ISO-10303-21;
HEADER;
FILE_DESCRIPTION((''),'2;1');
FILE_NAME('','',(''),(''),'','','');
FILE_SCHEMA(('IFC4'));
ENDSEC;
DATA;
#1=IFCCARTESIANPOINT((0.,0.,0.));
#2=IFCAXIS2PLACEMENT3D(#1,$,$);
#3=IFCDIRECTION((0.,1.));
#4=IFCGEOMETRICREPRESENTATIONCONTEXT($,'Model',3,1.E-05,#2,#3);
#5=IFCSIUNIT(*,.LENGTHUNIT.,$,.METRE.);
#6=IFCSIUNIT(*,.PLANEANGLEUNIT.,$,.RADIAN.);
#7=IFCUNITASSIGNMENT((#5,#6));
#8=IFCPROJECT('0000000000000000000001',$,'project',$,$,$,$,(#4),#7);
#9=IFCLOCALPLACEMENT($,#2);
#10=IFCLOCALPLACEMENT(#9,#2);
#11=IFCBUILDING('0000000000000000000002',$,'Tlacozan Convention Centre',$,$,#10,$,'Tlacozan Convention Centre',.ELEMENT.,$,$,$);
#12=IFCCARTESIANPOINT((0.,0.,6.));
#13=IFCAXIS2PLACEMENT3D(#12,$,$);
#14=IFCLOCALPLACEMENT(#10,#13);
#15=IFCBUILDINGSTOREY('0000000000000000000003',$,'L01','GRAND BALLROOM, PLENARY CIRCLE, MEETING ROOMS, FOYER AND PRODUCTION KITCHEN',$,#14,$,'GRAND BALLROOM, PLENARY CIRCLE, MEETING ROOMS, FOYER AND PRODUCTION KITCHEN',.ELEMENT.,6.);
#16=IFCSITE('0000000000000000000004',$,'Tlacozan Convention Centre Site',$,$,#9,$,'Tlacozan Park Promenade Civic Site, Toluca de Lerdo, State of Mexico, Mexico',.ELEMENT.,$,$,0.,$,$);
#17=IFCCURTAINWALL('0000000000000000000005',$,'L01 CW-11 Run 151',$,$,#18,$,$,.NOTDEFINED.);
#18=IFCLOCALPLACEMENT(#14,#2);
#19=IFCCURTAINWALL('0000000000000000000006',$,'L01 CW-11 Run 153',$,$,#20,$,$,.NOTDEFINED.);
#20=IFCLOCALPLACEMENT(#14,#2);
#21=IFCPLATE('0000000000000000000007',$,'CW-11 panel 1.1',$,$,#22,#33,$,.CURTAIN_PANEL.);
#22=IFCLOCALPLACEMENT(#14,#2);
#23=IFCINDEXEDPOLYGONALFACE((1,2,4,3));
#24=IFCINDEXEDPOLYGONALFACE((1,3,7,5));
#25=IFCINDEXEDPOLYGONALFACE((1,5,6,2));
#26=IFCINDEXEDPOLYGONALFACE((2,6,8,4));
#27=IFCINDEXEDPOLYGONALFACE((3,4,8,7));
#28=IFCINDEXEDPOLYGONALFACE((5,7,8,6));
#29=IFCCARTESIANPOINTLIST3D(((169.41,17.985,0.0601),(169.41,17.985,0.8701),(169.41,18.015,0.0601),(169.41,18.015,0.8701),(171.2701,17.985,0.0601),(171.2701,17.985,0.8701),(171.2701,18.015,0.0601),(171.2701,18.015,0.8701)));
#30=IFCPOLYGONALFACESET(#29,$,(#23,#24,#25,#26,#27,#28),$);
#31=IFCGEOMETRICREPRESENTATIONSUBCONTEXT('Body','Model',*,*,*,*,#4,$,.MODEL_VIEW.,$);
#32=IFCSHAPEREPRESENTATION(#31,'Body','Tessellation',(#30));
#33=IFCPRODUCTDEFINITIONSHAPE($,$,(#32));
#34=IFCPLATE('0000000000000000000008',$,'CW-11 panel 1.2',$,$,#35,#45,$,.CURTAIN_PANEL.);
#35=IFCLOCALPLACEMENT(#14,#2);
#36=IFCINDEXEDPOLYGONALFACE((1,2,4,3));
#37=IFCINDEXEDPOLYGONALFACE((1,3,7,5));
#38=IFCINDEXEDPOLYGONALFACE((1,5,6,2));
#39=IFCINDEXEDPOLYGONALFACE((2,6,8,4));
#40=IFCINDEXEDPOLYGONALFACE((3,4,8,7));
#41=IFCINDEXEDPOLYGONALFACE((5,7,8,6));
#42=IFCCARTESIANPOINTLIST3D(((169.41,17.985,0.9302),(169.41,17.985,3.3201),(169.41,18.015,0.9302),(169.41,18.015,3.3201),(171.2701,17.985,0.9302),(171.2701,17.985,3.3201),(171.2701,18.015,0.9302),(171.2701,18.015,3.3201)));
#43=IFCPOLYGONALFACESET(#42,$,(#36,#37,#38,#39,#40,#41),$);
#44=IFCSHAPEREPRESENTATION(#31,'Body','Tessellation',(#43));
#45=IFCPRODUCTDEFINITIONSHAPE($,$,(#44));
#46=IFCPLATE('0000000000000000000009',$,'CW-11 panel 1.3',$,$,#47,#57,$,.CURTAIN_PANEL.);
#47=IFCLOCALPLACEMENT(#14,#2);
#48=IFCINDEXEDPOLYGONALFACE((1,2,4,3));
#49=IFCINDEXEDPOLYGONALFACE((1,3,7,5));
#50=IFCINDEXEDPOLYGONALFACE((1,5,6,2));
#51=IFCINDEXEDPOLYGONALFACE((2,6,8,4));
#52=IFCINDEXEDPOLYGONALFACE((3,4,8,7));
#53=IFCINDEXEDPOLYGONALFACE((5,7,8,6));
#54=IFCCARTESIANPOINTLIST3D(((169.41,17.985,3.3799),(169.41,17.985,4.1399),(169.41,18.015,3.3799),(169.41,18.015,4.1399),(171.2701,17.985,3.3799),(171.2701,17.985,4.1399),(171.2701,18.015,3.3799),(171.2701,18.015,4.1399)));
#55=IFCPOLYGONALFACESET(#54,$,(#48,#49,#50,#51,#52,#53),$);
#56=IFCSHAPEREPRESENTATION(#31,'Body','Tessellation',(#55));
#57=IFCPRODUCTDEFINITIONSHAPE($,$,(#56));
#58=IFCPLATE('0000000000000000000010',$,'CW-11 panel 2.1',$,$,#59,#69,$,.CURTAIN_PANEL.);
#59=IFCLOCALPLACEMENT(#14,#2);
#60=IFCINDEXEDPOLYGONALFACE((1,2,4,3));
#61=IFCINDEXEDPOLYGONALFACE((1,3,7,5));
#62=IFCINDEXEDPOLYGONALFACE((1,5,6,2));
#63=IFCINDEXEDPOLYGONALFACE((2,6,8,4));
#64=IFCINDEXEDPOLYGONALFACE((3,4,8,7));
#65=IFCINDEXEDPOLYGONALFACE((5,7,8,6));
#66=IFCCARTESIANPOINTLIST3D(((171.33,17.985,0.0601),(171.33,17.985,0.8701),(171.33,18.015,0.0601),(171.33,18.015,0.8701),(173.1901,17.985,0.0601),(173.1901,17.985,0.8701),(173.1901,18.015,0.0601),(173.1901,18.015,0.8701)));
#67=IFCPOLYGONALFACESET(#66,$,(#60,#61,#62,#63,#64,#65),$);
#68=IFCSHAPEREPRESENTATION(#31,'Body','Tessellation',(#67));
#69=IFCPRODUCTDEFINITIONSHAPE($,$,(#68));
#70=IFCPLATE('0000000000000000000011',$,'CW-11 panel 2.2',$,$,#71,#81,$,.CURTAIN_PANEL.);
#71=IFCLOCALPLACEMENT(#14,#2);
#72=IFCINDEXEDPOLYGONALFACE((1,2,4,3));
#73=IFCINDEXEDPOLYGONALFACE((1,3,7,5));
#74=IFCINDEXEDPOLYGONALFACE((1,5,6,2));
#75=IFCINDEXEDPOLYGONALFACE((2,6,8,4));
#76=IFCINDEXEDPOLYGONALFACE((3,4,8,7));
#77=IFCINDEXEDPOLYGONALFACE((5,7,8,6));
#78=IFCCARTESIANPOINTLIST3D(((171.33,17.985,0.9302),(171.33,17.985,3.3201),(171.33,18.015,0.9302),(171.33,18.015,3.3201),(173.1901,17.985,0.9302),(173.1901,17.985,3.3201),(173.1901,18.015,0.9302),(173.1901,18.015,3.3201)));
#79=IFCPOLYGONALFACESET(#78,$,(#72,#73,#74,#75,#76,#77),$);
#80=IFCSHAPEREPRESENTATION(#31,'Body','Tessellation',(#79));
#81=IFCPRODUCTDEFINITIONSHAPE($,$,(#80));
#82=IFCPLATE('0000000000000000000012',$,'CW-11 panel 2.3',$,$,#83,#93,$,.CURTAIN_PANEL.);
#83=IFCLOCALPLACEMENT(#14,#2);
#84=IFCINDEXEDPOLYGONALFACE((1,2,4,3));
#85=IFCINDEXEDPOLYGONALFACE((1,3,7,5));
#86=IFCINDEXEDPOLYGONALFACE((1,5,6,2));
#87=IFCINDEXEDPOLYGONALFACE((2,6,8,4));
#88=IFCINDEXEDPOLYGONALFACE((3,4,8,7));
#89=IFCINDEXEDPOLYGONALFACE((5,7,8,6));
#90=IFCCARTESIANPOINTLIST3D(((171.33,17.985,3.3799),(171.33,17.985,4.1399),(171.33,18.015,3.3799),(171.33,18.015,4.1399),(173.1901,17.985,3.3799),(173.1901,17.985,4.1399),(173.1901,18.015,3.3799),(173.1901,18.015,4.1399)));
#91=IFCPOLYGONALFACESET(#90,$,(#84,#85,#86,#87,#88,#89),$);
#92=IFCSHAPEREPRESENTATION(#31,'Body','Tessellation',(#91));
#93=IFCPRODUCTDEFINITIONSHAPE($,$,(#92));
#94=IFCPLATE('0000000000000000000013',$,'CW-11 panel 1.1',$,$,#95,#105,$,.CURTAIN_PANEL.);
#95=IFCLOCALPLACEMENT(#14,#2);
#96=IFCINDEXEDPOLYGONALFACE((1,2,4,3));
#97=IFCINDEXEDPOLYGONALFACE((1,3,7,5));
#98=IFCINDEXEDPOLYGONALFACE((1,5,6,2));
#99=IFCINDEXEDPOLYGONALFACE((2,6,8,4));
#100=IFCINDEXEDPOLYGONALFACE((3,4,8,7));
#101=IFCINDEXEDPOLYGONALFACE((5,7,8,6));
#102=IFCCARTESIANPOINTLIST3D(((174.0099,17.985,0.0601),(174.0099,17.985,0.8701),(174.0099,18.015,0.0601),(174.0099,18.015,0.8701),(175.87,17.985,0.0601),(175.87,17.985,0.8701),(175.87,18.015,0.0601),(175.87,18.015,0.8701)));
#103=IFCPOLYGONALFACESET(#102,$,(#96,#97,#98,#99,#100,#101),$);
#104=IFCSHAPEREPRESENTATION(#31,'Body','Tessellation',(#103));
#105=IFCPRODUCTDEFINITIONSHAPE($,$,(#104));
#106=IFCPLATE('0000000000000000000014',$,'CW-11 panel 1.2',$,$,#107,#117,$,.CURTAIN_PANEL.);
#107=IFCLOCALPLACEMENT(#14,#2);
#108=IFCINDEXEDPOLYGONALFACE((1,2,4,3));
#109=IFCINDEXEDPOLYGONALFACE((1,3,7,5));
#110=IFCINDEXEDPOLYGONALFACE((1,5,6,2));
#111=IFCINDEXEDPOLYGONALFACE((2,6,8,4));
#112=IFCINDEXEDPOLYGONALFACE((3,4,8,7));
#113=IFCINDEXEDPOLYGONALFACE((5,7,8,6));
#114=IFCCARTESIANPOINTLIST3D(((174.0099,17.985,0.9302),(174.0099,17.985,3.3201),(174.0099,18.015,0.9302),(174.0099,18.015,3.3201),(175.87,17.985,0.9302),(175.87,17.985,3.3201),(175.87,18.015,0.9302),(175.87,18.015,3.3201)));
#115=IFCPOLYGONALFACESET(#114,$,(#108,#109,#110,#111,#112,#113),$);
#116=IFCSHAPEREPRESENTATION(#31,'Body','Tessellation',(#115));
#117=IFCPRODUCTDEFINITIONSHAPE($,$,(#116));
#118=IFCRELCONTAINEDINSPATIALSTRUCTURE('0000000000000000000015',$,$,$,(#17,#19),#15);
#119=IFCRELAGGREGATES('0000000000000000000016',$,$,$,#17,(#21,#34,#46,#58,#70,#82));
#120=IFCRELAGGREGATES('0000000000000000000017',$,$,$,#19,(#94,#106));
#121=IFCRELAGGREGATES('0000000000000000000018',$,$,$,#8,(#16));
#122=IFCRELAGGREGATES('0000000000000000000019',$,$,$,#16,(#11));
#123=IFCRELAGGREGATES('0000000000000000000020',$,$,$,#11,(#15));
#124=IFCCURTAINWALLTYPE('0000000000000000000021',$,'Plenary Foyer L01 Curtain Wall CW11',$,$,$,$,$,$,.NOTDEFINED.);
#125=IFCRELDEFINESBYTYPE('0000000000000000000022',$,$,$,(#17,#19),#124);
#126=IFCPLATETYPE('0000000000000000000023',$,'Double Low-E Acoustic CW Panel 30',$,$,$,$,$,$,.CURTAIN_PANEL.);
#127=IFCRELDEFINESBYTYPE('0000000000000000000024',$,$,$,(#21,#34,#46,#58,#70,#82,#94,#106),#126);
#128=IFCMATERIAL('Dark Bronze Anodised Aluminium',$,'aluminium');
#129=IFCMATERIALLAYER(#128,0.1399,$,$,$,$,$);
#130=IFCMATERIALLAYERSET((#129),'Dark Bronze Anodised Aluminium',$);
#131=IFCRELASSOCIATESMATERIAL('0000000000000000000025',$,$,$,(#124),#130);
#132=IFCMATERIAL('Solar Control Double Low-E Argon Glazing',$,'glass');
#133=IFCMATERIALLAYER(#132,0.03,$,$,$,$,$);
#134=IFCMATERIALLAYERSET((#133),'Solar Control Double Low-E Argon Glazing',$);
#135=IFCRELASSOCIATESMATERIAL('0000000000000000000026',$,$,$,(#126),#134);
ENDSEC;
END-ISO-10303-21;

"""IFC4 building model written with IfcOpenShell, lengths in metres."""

from ifc_helpers import new_model, si_unit, direction, frame, origin, origin_2d, place, context, subcontext, project, spatial, rectangle, extrude, material, layer, layer_set, type_object, element, aggregate, save


model = new_model("IFC4")

# Units and contexts
model_context = context("Model", 3, precision=1e-05, world=origin(), true_north=direction((0.0, 1.0)))
body_context = subcontext(model_context, "Body", "Model", "MODEL_VIEW")
ifc_project = project(units=[si_unit("LENGTHUNIT", "METRE"), si_unit("PLANEANGLEUNIT", "RADIAN")], contexts=[model_context])

# Site, building, storey
site_placement = place(None, origin())
site = spatial("IfcSite", under=ifc_project, at=site_placement, Name="Tlacozan Convention Centre Site", LongName="Tlacozan Park Promenade Civic Site, Toluca de Lerdo, State of Mexico, Mexico", CompositionType="ELEMENT", RefElevation=0.0)
building_placement = place(site_placement, origin())
building = spatial("IfcBuilding", under=site, at=building_placement, Name="Tlacozan Convention Centre", LongName="Tlacozan Convention Centre", CompositionType="ELEMENT")
storey_placement = place(building_placement, frame((0.0, 0.0, 6.0)))
storey = spatial("IfcBuildingStorey", under=building, at=storey_placement, Name="L01", Description="GRAND BALLROOM, PLENARY CIRCLE, MEETING ROOMS, FOYER AND PRODUCTION KITCHEN", LongName="GRAND BALLROOM, PLENARY CIRCLE, MEETING ROOMS, FOYER AND PRODUCTION KITCHEN", CompositionType="ELEMENT", Elevation=6.0)

# Curtain wall
ifc_material_1 = material(Name="Dark Bronze Anodised Aluminium", Category="aluminium")
ifc_layer_1 = layer(ifc_material_1, 0.1399)
ifc_layer_set_1 = layer_set([ifc_layer_1], Name="Dark Bronze Anodised Aluminium")
curtain_wall_type = type_object("IfcCurtainWallType", Name="Plenary Foyer L01 Curtain Wall CW11", PredefinedType="NOTDEFINED", material=ifc_layer_set_1)
curtain_wall_1_placement = place(storey_placement, origin())
curtain_wall_1 = element("IfcCurtainWall", 1, at=curtain_wall_1_placement, inside=storey, type_object=curtain_wall_type, Name="L01 CW-11 Run 151", PredefinedType="NOTDEFINED")

# Curtain wall
curtain_wall_2_placement = place(storey_placement, origin())
curtain_wall_2 = element("IfcCurtainWall", 2, at=curtain_wall_2_placement, inside=storey, type_object=curtain_wall_type, Name="L01 CW-11 Run 153", PredefinedType="NOTDEFINED")

# Plates
ifc_material_2 = material(Name="Solar Control Double Low-E Argon Glazing", Category="glass")
ifc_layer_2 = layer(ifc_material_2, 0.03)
ifc_layer_set_2 = layer_set([ifc_layer_2], Name="Solar Control Double Low-E Argon Glazing")
plate_type = type_object("IfcPlateType", Name="Double Low-E Acoustic CW Panel 30", PredefinedType="CURTAIN_PANEL", material=ifc_layer_set_2)
plate_1_placement = place(storey_placement, frame((170.3401, 18.0, 0.0601), z_axis=(0.0, 0.0, 1.0), x_axis=(1.0, 0.0, 0.0)))
plate_1 = element("IfcPlate", 3, at=plate_1_placement, type_object=plate_type, Name="CW-11 panel 1.1", PredefinedType="CURTAIN_PANEL", context=body_context, shape_type="SweptSolid", body=[
    extrude(rectangle(XDim=1.8601, YDim=0.03, at=origin_2d()), origin(), (0.0, 0.0, 1.0), 0.8101),
])
plate_2_placement = place(storey_placement, frame((170.3401, 18.0, 0.9302), z_axis=(0.0, 0.0, 1.0), x_axis=(1.0, 0.0, 0.0)))
plate_2 = element("IfcPlate", 4, at=plate_2_placement, type_object=plate_type, Name="CW-11 panel 1.2", PredefinedType="CURTAIN_PANEL", context=body_context, shape_type="SweptSolid", body=[
    extrude(rectangle(XDim=1.8601, YDim=0.03, at=origin_2d()), origin(), (0.0, 0.0, 1.0), 2.3899),
])
plate_3_placement = place(storey_placement, frame((170.3401, 18.0, 3.3799), z_axis=(0.0, 0.0, 1.0), x_axis=(1.0, 0.0, 0.0)))
plate_3 = element("IfcPlate", 5, at=plate_3_placement, type_object=plate_type, Name="CW-11 panel 1.3", PredefinedType="CURTAIN_PANEL", context=body_context, shape_type="SweptSolid", body=[
    extrude(rectangle(XDim=1.8601, YDim=0.03, at=origin_2d()), origin(), (0.0, 0.0, 1.0), 0.76),
])
plate_4_placement = place(storey_placement, frame((172.26, 18.0, 0.0601), z_axis=(0.0, 0.0, 1.0), x_axis=(1.0, 0.0, 0.0)))
plate_4 = element("IfcPlate", 6, at=plate_4_placement, type_object=plate_type, Name="CW-11 panel 2.1", PredefinedType="CURTAIN_PANEL", context=body_context, shape_type="SweptSolid", body=[
    extrude(rectangle(XDim=1.8601, YDim=0.03, at=origin_2d()), origin(), (0.0, 0.0, 1.0), 0.8101),
])
plate_5_placement = place(storey_placement, frame((172.26, 18.0, 0.9302), z_axis=(0.0, 0.0, 1.0), x_axis=(1.0, 0.0, 0.0)))
plate_5 = element("IfcPlate", 7, at=plate_5_placement, type_object=plate_type, Name="CW-11 panel 2.2", PredefinedType="CURTAIN_PANEL", context=body_context, shape_type="SweptSolid", body=[
    extrude(rectangle(XDim=1.8601, YDim=0.03, at=origin_2d()), origin(), (0.0, 0.0, 1.0), 2.3899),
])
plate_6_placement = place(storey_placement, frame((172.26, 18.0, 3.3799), z_axis=(0.0, 0.0, 1.0), x_axis=(1.0, 0.0, 0.0)))
plate_6 = element("IfcPlate", 8, at=plate_6_placement, type_object=plate_type, Name="CW-11 panel 2.3", PredefinedType="CURTAIN_PANEL", context=body_context, shape_type="SweptSolid", body=[
    extrude(rectangle(XDim=1.8601, YDim=0.03, at=origin_2d()), origin(), (0.0, 0.0, 1.0), 0.76),
])
aggregate(curtain_wall_1, [plate_1, plate_2, plate_3, plate_4, plate_5, plate_6])
plate_7_placement = place(storey_placement, frame((174.9399, 18.0, 0.0601), z_axis=(0.0, 0.0, 1.0), x_axis=(1.0, 0.0, 0.0)))
plate_7 = element("IfcPlate", 9, at=plate_7_placement, type_object=plate_type, Name="CW-11 panel 1.1", PredefinedType="CURTAIN_PANEL", context=body_context, shape_type="SweptSolid", body=[
    extrude(rectangle(XDim=1.8601, YDim=0.03, at=origin_2d()), origin(), (0.0, 0.0, 1.0), 0.8101),
])
plate_8_placement = place(storey_placement, frame((174.9399, 18.0, 0.9302), z_axis=(0.0, 0.0, 1.0), x_axis=(1.0, 0.0, 0.0)))
plate_8 = element("IfcPlate", 10, at=plate_8_placement, type_object=plate_type, Name="CW-11 panel 1.2", PredefinedType="CURTAIN_PANEL", context=body_context, shape_type="SweptSolid", body=[
    extrude(rectangle(XDim=1.8601, YDim=0.03, at=origin_2d()), origin(), (0.0, 0.0, 1.0), 2.3899),
])
aggregate(curtain_wall_2, [plate_7, plate_8])

save(model, "model.ifc")
